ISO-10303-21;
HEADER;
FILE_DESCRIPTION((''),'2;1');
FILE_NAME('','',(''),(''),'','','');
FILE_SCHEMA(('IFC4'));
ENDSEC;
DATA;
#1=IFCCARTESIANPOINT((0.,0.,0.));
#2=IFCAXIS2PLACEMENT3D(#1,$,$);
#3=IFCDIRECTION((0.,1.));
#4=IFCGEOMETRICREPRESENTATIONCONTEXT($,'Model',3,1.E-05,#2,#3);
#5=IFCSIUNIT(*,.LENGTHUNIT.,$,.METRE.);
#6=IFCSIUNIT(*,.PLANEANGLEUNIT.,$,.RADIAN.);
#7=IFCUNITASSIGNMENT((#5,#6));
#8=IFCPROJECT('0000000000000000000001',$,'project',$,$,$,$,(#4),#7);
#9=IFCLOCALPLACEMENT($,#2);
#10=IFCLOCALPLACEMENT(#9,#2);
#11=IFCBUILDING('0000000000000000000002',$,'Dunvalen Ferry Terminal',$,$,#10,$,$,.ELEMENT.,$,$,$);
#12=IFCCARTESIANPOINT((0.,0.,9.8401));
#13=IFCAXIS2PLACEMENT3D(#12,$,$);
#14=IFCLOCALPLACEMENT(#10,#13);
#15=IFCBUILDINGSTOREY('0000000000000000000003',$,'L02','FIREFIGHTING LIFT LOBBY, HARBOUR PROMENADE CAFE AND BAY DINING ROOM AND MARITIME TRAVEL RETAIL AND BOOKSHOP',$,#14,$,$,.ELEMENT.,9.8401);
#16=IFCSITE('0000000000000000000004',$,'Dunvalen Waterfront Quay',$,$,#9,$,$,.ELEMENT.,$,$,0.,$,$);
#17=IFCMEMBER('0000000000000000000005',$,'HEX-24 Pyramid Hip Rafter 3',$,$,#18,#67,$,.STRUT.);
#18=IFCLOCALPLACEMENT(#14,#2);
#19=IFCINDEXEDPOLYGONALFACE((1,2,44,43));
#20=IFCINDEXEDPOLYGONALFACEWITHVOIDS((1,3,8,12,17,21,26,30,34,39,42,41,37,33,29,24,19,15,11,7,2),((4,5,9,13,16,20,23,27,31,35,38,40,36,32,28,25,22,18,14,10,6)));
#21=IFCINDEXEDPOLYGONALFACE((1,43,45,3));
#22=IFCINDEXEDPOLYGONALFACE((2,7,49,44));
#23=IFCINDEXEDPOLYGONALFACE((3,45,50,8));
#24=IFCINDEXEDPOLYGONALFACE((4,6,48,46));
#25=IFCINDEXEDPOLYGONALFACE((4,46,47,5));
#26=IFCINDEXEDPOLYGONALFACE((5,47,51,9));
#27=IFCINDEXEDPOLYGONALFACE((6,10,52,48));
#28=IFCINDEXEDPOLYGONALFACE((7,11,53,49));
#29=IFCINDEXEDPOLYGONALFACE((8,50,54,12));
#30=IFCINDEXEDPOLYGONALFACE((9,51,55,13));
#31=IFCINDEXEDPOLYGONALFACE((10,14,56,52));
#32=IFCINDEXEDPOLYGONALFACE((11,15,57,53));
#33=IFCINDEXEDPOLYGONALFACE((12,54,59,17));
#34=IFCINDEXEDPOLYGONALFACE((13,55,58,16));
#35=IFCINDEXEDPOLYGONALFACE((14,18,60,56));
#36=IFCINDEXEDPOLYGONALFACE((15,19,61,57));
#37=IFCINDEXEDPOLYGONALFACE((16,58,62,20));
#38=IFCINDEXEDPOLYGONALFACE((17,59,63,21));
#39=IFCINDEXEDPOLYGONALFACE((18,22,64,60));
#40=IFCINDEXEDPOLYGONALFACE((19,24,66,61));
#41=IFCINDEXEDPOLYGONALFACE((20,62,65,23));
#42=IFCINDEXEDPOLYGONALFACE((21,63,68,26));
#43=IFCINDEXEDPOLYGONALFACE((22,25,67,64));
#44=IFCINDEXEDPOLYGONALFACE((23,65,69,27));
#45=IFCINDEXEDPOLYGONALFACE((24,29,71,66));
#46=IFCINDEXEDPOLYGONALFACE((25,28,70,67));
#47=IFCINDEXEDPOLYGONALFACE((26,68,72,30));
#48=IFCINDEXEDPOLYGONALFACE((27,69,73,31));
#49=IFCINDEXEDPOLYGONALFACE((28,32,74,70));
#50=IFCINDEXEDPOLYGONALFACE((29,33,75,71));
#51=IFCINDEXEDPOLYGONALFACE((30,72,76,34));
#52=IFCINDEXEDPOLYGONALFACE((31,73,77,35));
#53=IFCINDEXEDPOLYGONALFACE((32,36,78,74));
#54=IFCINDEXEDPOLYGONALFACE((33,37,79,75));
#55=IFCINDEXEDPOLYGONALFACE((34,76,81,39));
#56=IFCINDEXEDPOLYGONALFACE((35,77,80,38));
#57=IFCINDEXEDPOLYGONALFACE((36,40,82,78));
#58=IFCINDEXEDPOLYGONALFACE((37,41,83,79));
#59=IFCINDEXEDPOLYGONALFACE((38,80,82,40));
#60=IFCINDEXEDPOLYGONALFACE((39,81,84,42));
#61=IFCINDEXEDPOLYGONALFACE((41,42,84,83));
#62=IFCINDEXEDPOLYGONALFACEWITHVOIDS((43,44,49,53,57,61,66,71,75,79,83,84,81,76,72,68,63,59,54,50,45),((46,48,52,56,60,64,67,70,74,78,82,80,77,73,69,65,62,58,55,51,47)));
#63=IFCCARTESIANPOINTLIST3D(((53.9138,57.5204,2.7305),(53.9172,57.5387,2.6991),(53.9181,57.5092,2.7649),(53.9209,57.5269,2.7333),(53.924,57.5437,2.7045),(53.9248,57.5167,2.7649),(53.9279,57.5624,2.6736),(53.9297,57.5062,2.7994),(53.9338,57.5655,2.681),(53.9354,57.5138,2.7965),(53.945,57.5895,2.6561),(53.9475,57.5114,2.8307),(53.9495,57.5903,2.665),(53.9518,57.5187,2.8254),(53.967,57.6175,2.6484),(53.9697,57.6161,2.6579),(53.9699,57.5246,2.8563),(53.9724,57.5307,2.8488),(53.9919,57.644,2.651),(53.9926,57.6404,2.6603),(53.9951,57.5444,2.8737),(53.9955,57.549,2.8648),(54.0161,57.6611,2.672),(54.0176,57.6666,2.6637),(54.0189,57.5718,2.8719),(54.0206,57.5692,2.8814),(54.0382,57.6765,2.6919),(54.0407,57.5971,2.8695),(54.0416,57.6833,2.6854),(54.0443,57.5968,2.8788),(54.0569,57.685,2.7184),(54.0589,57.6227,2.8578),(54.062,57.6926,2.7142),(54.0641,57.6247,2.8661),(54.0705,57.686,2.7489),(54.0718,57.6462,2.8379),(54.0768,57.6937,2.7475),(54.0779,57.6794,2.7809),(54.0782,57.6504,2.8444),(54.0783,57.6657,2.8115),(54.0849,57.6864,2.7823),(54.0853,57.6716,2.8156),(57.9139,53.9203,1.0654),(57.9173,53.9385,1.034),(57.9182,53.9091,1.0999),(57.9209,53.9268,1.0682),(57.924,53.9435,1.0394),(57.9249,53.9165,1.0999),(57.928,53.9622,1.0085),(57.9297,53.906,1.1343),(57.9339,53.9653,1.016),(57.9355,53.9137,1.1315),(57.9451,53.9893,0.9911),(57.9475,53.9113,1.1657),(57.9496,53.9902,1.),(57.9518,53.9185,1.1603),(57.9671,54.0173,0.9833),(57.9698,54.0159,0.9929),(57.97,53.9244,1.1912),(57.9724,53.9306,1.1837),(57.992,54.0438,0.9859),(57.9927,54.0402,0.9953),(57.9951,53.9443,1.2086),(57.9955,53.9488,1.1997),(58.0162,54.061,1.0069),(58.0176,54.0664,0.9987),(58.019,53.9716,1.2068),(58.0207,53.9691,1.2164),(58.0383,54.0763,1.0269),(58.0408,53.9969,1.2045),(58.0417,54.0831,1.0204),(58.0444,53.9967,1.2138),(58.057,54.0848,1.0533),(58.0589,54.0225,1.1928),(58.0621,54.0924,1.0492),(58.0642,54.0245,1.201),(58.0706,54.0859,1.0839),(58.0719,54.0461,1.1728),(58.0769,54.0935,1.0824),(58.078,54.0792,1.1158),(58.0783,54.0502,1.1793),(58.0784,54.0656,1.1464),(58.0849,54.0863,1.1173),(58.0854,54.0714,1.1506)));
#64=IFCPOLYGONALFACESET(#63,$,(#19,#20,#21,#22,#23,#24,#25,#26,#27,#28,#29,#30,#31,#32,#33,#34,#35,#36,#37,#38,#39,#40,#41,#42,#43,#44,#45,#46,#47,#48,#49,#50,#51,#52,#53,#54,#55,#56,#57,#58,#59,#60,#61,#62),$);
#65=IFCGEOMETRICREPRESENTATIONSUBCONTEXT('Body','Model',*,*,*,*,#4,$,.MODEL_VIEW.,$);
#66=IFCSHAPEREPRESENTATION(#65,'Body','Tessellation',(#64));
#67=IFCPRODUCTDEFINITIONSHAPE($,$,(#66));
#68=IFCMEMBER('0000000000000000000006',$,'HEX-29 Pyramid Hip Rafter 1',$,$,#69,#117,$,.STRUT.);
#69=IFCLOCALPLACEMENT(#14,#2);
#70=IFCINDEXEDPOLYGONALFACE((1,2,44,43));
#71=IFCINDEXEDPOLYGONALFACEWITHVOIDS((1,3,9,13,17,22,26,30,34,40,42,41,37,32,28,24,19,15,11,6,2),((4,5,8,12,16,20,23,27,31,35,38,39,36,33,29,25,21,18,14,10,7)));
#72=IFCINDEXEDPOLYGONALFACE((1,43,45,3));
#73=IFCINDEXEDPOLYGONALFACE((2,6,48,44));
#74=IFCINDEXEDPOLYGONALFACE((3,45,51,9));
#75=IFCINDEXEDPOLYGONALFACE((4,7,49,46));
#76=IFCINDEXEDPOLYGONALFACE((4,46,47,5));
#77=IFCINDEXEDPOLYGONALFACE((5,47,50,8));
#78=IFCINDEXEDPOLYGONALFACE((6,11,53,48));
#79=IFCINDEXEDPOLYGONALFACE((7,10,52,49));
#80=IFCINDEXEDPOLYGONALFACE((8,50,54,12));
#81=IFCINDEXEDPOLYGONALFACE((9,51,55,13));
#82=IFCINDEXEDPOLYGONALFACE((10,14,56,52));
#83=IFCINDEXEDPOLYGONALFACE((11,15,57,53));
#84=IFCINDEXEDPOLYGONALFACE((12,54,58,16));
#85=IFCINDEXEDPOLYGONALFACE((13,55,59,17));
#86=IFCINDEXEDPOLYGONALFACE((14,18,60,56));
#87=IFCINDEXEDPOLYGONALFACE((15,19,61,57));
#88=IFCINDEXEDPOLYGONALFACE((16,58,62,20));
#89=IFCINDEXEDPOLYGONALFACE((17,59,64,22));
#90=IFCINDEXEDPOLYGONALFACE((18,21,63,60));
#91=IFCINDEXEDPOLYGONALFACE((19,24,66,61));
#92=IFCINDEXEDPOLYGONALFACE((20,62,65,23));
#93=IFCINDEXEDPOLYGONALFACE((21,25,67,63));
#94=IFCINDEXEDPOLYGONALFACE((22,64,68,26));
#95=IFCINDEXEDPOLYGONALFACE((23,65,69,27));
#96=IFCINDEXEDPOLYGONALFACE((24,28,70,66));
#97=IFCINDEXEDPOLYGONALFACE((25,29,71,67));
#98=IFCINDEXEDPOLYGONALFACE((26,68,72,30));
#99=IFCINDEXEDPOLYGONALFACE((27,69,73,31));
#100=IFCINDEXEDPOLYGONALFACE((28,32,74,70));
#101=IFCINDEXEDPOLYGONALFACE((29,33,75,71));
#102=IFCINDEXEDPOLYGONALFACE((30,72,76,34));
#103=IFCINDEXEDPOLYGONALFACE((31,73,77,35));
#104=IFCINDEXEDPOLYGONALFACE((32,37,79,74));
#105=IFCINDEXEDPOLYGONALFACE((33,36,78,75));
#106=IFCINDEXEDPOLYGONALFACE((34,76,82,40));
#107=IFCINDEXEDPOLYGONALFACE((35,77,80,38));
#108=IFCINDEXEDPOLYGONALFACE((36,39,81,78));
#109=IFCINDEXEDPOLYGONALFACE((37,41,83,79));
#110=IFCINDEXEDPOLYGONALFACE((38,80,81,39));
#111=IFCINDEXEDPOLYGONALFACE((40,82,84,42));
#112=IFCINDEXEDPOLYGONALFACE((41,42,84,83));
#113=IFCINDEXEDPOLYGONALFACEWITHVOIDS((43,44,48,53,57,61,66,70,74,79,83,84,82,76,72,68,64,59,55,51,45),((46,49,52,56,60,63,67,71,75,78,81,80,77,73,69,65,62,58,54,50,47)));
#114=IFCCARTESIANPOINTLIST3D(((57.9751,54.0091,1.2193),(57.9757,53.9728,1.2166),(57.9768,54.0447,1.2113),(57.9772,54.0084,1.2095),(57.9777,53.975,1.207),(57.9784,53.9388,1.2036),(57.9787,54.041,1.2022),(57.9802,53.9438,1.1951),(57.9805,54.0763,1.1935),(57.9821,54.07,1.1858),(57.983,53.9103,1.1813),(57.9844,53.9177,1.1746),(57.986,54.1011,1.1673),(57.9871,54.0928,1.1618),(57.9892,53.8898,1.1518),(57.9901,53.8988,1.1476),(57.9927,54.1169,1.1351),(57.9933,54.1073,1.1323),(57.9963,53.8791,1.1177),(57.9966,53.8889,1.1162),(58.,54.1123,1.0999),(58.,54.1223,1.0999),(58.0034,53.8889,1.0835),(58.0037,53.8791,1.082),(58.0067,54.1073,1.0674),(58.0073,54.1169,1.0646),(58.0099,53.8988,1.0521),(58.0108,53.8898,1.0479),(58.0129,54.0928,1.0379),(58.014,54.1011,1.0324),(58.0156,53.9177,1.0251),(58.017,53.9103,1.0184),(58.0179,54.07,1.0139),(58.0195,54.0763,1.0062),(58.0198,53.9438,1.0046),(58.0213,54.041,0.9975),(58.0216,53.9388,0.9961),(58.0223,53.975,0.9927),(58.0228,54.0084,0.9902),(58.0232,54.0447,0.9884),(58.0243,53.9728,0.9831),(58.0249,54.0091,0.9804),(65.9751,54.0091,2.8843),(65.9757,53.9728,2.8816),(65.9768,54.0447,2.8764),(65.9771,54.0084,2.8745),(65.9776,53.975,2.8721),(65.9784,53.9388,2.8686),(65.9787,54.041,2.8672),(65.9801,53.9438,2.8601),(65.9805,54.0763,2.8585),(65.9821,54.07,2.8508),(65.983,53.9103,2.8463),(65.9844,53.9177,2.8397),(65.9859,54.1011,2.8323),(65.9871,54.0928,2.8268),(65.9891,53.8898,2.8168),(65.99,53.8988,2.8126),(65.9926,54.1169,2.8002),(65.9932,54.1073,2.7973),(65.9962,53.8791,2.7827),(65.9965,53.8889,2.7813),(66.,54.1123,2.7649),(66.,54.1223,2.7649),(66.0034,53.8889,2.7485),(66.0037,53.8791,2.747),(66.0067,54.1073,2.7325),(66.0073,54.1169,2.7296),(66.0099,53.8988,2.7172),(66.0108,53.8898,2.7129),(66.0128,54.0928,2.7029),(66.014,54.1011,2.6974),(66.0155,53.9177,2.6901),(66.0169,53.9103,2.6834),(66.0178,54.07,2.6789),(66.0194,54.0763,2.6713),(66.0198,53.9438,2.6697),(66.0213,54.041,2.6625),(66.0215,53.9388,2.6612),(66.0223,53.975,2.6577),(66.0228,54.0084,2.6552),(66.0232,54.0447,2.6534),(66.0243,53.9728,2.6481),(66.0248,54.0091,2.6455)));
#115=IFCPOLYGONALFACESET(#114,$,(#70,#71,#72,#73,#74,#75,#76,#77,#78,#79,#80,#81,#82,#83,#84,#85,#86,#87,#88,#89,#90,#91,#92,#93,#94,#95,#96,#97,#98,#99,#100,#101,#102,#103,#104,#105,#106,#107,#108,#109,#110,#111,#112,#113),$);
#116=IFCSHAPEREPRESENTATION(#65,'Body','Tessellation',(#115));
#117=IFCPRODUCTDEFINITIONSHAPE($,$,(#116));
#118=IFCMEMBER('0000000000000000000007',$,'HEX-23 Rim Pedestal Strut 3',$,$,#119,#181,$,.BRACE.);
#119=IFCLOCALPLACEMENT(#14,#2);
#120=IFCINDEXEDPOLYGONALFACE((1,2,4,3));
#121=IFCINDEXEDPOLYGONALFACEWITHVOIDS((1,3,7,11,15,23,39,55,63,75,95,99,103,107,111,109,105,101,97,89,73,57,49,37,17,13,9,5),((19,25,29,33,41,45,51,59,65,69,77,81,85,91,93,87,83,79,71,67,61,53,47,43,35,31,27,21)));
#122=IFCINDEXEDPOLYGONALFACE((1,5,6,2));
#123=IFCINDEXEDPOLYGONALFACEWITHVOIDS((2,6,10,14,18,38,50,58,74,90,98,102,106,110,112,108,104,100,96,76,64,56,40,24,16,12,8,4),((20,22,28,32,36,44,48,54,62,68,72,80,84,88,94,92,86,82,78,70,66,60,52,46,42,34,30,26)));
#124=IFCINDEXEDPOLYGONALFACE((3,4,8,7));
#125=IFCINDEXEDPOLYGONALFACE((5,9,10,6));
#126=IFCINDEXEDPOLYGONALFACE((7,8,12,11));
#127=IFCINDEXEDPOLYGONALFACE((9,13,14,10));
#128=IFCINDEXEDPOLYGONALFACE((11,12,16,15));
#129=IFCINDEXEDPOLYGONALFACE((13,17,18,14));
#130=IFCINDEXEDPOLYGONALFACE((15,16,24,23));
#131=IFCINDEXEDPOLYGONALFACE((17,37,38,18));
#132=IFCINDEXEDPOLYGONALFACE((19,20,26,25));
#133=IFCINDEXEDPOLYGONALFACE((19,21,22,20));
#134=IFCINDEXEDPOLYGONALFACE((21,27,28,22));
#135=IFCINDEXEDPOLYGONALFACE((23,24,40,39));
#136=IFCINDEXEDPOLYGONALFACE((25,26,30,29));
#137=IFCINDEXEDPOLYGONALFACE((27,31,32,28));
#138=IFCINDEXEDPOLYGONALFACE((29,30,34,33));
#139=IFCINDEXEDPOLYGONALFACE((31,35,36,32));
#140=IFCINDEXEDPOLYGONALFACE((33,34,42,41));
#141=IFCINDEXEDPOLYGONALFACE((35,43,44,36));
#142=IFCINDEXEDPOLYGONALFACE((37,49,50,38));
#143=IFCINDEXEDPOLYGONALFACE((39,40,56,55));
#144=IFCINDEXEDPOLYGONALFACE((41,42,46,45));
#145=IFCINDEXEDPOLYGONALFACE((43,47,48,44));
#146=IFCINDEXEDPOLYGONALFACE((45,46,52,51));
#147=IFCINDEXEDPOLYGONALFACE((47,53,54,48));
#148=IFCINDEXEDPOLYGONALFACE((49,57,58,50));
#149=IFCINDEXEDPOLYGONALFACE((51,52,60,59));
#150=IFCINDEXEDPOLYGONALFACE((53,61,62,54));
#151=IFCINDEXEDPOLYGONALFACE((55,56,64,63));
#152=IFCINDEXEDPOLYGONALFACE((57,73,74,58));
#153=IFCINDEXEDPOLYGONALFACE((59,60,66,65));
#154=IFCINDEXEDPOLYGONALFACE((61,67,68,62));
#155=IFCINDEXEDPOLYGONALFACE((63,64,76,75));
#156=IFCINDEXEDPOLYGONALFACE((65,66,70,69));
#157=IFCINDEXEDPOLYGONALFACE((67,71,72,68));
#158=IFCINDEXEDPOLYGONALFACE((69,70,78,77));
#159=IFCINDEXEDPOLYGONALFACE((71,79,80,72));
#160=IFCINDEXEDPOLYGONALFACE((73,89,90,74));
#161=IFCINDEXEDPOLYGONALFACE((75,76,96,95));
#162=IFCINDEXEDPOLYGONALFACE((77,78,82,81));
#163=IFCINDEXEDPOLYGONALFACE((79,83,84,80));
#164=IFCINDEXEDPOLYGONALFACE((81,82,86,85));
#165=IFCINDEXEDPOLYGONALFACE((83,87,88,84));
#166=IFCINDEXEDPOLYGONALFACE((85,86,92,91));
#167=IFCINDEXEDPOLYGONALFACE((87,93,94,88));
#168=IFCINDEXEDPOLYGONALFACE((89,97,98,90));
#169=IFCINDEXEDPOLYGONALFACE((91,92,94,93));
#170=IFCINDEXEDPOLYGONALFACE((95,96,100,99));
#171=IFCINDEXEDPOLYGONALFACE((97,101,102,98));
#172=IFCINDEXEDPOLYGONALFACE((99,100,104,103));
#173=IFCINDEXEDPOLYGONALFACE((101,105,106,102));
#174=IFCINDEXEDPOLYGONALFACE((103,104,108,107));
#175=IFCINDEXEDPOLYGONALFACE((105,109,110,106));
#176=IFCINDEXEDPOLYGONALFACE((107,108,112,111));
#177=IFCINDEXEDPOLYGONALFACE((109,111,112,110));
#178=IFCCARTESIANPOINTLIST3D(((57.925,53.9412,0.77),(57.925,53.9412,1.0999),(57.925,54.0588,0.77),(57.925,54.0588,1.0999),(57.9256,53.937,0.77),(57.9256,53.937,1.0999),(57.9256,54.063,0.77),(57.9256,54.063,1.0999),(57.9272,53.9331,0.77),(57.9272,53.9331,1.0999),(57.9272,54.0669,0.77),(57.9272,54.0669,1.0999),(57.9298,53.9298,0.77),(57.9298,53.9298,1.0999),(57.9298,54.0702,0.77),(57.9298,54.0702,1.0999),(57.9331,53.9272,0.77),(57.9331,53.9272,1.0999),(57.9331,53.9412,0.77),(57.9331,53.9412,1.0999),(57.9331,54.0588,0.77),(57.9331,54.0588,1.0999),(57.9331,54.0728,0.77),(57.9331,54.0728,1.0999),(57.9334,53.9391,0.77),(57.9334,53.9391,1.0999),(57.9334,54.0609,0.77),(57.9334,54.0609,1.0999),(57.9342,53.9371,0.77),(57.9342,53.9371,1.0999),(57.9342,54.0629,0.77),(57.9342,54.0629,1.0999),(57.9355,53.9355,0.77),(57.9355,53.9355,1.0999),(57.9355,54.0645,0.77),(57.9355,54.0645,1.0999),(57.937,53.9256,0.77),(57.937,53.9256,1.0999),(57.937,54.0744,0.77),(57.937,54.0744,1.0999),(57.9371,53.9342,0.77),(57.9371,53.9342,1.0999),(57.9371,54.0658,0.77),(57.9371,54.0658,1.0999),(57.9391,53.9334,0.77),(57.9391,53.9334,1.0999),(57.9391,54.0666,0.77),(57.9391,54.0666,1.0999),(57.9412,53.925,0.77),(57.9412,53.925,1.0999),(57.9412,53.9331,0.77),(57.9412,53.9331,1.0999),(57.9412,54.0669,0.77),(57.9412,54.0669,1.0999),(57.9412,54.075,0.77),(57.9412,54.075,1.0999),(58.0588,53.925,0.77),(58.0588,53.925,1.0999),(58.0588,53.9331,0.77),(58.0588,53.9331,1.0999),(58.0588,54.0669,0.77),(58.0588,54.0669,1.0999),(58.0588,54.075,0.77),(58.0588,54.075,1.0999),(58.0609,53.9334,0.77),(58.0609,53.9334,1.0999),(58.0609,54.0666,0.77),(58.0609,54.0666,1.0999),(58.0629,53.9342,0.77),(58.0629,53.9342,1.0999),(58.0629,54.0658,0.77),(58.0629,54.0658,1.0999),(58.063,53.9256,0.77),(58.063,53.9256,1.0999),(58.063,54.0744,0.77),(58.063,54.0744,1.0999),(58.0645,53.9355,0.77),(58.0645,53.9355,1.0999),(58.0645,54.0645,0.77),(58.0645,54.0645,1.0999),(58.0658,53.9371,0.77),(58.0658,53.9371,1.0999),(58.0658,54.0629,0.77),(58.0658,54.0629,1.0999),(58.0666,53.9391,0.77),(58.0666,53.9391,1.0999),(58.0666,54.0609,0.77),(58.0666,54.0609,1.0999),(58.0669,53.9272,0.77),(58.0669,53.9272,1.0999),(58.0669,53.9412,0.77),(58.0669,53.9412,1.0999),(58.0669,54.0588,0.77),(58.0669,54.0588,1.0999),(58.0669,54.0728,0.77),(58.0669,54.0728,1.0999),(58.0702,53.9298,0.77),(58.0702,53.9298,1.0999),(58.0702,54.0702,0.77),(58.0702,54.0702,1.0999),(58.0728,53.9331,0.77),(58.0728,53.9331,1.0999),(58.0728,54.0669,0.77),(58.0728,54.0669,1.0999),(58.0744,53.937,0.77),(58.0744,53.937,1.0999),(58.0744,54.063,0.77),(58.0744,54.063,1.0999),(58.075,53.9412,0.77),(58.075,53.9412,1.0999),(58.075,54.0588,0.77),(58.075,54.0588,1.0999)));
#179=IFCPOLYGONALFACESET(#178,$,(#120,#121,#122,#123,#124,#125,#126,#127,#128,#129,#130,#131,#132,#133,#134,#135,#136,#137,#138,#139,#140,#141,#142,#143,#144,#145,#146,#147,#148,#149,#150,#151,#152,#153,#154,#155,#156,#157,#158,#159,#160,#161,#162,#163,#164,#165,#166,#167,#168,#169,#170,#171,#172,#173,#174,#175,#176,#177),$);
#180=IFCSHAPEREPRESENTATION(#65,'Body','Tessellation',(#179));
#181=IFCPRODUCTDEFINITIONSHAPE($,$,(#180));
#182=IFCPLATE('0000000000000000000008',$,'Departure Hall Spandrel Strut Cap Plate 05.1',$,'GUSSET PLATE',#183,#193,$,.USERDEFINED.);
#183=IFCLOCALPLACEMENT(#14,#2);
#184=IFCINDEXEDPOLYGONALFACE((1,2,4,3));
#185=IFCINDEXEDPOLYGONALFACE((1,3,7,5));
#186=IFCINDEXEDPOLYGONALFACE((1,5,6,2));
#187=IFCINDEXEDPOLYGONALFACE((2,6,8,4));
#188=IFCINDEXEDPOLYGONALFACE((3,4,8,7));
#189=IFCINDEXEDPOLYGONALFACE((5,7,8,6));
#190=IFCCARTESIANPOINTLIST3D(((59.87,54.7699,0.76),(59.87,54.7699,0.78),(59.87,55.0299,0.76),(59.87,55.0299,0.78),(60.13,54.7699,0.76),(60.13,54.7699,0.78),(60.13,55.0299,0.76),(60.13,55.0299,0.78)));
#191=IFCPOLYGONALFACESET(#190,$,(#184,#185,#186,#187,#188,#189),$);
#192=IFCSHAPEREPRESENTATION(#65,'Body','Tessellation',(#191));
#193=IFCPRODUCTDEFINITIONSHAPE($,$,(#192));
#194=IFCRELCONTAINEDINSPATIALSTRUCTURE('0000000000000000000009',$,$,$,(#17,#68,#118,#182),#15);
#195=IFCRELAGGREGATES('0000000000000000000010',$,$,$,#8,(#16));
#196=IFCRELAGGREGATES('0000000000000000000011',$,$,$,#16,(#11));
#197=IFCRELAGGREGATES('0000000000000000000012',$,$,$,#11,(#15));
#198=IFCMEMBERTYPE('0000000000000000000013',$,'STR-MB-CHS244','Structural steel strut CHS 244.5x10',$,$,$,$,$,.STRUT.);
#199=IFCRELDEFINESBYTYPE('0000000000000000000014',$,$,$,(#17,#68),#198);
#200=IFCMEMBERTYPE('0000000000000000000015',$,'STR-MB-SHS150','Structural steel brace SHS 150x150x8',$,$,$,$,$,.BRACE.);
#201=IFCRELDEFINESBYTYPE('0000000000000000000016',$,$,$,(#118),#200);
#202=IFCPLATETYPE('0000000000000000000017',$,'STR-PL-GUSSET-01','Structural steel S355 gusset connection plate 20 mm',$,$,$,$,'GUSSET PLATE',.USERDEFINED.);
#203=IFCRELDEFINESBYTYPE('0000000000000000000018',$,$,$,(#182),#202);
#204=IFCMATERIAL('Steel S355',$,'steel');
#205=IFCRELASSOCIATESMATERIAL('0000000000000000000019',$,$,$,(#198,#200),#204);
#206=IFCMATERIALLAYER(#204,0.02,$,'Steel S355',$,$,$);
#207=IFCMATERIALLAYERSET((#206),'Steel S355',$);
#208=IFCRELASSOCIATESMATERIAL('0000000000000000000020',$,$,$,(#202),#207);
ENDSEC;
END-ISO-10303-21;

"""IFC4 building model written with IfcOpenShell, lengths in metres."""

from ifc_helpers import new_model, si_unit, direction, frame, origin, origin_2d, place, context, subcontext, project, spatial, rectangle, hollow_rectangle, hollow_circle, extrude, material, layer, layer_set, material_profile, profile_set, type_object, element, save


model = new_model("IFC4")

# Units and contexts
model_context = context("Model", 3, precision=1e-05, world=origin(), true_north=direction((0.0, 1.0)))
body_context = subcontext(model_context, "Body", "Model", "MODEL_VIEW")
ifc_project = project(units=[si_unit("LENGTHUNIT", "METRE"), si_unit("PLANEANGLEUNIT", "RADIAN")], contexts=[model_context])

# Site, building, storey
site_placement = place(None, origin())
site = spatial("IfcSite", under=ifc_project, at=site_placement, Name="Dunvalen Waterfront Quay", CompositionType="ELEMENT", RefElevation=0.0)
building_placement = place(site_placement, origin())
building = spatial("IfcBuilding", under=site, at=building_placement, Name="Dunvalen Ferry Terminal", CompositionType="ELEMENT")
storey_placement = place(building_placement, frame((0.0, 0.0, 9.8401)))
storey = spatial("IfcBuildingStorey", under=building, at=storey_placement, Name="L02", Description="FIREFIGHTING LIFT LOBBY, HARBOUR PROMENADE CAFE AND BAY DINING ROOM AND MARITIME TRAVEL RETAIL AND BOOKSHOP", CompositionType="ELEMENT", Elevation=9.8401)

# Shared definitions
ifc_material_1 = material(Name="Steel S355", Category="steel")

# Members
ifc_material_profile_1 = material_profile(ifc_material_1, hollow_circle(Radius=0.1223, WallThickness=0.01, at=origin_2d()), Name="Steel S355")
ifc_profile_set_1 = profile_set([ifc_material_profile_1], Name="Steel S355")
member_type_1 = type_object("IfcMemberType", Name="STR-MB-CHS244", Description="Structural steel strut CHS 244.5x10", PredefinedType="STRUT", material=ifc_profile_set_1)
member_1_placement = place(storey_placement, frame((58.0, 54.0, 1.0999), z_axis=(-0.710075, 0.639085, 0.295576), x_axis=(-0.668975, -0.743285, 0.0)))
element("IfcMember", 1, at=member_1_placement, inside=storey, type_object=member_type_1, Name="HEX-24 Pyramid Hip Rafter 3", PredefinedType="STRUT", context=body_context, shape_type="SweptSolid", body=[
    extrude(hollow_circle(Radius=0.1223, WallThickness=0.01, at=origin_2d()), origin(), (0.0, 0.0, 1.0), 5.6333),
])
member_2_placement = place(storey_placement, frame((58.0, 54.0, 1.0999), z_axis=(0.97902, 0.0, 0.203763), x_axis=(0.0, 1.0, 0.0)))
element("IfcMember", 2, at=member_2_placement, inside=storey, type_object=member_type_1, Name="HEX-29 Pyramid Hip Rafter 1", PredefinedType="STRUT", context=body_context, shape_type="SweptSolid", body=[
    extrude(hollow_circle(Radius=0.1223, WallThickness=0.01, at=origin_2d()), origin(), (0.0, 0.0, 1.0), 8.1714),
])
ifc_material_profile_2 = material_profile(ifc_material_1, hollow_rectangle(XDim=0.1499, YDim=0.1499, WallThickness=0.0081, InnerFilletRadius=0.0081, OuterFilletRadius=0.0161, at=origin_2d()), Name="Steel S355")
ifc_profile_set_2 = profile_set([ifc_material_profile_2], Name="Steel S355")
member_type_2 = type_object("IfcMemberType", Name="STR-MB-SHS150", Description="Structural steel brace SHS 150x150x8", PredefinedType="BRACE", material=ifc_profile_set_2)
member_3_placement = place(storey_placement, frame((58.0, 54.0, 0.77), z_axis=(0.0, 0.0, 1.0), x_axis=(1.0, 0.0, 0.0)))
element("IfcMember", 3, at=member_3_placement, inside=storey, type_object=member_type_2, Name="HEX-23 Rim Pedestal Strut 3", PredefinedType="BRACE", context=body_context, shape_type="SweptSolid", body=[
    extrude(hollow_rectangle(XDim=0.1499, YDim=0.1499, WallThickness=0.0081, InnerFilletRadius=0.0081, OuterFilletRadius=0.0161, at=origin_2d()), origin(), (0.0, 0.0, 1.0), 0.3298),
])

# Plate
ifc_layer_1 = layer(ifc_material_1, 0.02, Name="Steel S355")
ifc_layer_set_1 = layer_set([ifc_layer_1], Name="Steel S355")
plate_type_1 = type_object("IfcPlateType", Name="STR-PL-GUSSET-01", Description="Structural steel S355 gusset connection plate 20 mm", ElementType="GUSSET PLATE", PredefinedType="USERDEFINED", material=ifc_layer_set_1)
plate_1_placement = place(storey_placement, frame((60.0, 54.8999, 0.76), z_axis=(0.0, 0.0, 1.0), x_axis=(1.0, 0.0, 0.0)))
element("IfcPlate", 4, at=plate_1_placement, inside=storey, type_object=plate_type_1, Name="Departure Hall Spandrel Strut Cap Plate 05.1", ObjectType="GUSSET PLATE", PredefinedType="USERDEFINED", context=body_context, shape_type="SweptSolid", body=[
    extrude(rectangle(XDim=0.26, YDim=0.26, at=origin_2d()), origin(), (0.0, 0.0, 1.0), 0.02),
])

save(model, "model.ifc")
